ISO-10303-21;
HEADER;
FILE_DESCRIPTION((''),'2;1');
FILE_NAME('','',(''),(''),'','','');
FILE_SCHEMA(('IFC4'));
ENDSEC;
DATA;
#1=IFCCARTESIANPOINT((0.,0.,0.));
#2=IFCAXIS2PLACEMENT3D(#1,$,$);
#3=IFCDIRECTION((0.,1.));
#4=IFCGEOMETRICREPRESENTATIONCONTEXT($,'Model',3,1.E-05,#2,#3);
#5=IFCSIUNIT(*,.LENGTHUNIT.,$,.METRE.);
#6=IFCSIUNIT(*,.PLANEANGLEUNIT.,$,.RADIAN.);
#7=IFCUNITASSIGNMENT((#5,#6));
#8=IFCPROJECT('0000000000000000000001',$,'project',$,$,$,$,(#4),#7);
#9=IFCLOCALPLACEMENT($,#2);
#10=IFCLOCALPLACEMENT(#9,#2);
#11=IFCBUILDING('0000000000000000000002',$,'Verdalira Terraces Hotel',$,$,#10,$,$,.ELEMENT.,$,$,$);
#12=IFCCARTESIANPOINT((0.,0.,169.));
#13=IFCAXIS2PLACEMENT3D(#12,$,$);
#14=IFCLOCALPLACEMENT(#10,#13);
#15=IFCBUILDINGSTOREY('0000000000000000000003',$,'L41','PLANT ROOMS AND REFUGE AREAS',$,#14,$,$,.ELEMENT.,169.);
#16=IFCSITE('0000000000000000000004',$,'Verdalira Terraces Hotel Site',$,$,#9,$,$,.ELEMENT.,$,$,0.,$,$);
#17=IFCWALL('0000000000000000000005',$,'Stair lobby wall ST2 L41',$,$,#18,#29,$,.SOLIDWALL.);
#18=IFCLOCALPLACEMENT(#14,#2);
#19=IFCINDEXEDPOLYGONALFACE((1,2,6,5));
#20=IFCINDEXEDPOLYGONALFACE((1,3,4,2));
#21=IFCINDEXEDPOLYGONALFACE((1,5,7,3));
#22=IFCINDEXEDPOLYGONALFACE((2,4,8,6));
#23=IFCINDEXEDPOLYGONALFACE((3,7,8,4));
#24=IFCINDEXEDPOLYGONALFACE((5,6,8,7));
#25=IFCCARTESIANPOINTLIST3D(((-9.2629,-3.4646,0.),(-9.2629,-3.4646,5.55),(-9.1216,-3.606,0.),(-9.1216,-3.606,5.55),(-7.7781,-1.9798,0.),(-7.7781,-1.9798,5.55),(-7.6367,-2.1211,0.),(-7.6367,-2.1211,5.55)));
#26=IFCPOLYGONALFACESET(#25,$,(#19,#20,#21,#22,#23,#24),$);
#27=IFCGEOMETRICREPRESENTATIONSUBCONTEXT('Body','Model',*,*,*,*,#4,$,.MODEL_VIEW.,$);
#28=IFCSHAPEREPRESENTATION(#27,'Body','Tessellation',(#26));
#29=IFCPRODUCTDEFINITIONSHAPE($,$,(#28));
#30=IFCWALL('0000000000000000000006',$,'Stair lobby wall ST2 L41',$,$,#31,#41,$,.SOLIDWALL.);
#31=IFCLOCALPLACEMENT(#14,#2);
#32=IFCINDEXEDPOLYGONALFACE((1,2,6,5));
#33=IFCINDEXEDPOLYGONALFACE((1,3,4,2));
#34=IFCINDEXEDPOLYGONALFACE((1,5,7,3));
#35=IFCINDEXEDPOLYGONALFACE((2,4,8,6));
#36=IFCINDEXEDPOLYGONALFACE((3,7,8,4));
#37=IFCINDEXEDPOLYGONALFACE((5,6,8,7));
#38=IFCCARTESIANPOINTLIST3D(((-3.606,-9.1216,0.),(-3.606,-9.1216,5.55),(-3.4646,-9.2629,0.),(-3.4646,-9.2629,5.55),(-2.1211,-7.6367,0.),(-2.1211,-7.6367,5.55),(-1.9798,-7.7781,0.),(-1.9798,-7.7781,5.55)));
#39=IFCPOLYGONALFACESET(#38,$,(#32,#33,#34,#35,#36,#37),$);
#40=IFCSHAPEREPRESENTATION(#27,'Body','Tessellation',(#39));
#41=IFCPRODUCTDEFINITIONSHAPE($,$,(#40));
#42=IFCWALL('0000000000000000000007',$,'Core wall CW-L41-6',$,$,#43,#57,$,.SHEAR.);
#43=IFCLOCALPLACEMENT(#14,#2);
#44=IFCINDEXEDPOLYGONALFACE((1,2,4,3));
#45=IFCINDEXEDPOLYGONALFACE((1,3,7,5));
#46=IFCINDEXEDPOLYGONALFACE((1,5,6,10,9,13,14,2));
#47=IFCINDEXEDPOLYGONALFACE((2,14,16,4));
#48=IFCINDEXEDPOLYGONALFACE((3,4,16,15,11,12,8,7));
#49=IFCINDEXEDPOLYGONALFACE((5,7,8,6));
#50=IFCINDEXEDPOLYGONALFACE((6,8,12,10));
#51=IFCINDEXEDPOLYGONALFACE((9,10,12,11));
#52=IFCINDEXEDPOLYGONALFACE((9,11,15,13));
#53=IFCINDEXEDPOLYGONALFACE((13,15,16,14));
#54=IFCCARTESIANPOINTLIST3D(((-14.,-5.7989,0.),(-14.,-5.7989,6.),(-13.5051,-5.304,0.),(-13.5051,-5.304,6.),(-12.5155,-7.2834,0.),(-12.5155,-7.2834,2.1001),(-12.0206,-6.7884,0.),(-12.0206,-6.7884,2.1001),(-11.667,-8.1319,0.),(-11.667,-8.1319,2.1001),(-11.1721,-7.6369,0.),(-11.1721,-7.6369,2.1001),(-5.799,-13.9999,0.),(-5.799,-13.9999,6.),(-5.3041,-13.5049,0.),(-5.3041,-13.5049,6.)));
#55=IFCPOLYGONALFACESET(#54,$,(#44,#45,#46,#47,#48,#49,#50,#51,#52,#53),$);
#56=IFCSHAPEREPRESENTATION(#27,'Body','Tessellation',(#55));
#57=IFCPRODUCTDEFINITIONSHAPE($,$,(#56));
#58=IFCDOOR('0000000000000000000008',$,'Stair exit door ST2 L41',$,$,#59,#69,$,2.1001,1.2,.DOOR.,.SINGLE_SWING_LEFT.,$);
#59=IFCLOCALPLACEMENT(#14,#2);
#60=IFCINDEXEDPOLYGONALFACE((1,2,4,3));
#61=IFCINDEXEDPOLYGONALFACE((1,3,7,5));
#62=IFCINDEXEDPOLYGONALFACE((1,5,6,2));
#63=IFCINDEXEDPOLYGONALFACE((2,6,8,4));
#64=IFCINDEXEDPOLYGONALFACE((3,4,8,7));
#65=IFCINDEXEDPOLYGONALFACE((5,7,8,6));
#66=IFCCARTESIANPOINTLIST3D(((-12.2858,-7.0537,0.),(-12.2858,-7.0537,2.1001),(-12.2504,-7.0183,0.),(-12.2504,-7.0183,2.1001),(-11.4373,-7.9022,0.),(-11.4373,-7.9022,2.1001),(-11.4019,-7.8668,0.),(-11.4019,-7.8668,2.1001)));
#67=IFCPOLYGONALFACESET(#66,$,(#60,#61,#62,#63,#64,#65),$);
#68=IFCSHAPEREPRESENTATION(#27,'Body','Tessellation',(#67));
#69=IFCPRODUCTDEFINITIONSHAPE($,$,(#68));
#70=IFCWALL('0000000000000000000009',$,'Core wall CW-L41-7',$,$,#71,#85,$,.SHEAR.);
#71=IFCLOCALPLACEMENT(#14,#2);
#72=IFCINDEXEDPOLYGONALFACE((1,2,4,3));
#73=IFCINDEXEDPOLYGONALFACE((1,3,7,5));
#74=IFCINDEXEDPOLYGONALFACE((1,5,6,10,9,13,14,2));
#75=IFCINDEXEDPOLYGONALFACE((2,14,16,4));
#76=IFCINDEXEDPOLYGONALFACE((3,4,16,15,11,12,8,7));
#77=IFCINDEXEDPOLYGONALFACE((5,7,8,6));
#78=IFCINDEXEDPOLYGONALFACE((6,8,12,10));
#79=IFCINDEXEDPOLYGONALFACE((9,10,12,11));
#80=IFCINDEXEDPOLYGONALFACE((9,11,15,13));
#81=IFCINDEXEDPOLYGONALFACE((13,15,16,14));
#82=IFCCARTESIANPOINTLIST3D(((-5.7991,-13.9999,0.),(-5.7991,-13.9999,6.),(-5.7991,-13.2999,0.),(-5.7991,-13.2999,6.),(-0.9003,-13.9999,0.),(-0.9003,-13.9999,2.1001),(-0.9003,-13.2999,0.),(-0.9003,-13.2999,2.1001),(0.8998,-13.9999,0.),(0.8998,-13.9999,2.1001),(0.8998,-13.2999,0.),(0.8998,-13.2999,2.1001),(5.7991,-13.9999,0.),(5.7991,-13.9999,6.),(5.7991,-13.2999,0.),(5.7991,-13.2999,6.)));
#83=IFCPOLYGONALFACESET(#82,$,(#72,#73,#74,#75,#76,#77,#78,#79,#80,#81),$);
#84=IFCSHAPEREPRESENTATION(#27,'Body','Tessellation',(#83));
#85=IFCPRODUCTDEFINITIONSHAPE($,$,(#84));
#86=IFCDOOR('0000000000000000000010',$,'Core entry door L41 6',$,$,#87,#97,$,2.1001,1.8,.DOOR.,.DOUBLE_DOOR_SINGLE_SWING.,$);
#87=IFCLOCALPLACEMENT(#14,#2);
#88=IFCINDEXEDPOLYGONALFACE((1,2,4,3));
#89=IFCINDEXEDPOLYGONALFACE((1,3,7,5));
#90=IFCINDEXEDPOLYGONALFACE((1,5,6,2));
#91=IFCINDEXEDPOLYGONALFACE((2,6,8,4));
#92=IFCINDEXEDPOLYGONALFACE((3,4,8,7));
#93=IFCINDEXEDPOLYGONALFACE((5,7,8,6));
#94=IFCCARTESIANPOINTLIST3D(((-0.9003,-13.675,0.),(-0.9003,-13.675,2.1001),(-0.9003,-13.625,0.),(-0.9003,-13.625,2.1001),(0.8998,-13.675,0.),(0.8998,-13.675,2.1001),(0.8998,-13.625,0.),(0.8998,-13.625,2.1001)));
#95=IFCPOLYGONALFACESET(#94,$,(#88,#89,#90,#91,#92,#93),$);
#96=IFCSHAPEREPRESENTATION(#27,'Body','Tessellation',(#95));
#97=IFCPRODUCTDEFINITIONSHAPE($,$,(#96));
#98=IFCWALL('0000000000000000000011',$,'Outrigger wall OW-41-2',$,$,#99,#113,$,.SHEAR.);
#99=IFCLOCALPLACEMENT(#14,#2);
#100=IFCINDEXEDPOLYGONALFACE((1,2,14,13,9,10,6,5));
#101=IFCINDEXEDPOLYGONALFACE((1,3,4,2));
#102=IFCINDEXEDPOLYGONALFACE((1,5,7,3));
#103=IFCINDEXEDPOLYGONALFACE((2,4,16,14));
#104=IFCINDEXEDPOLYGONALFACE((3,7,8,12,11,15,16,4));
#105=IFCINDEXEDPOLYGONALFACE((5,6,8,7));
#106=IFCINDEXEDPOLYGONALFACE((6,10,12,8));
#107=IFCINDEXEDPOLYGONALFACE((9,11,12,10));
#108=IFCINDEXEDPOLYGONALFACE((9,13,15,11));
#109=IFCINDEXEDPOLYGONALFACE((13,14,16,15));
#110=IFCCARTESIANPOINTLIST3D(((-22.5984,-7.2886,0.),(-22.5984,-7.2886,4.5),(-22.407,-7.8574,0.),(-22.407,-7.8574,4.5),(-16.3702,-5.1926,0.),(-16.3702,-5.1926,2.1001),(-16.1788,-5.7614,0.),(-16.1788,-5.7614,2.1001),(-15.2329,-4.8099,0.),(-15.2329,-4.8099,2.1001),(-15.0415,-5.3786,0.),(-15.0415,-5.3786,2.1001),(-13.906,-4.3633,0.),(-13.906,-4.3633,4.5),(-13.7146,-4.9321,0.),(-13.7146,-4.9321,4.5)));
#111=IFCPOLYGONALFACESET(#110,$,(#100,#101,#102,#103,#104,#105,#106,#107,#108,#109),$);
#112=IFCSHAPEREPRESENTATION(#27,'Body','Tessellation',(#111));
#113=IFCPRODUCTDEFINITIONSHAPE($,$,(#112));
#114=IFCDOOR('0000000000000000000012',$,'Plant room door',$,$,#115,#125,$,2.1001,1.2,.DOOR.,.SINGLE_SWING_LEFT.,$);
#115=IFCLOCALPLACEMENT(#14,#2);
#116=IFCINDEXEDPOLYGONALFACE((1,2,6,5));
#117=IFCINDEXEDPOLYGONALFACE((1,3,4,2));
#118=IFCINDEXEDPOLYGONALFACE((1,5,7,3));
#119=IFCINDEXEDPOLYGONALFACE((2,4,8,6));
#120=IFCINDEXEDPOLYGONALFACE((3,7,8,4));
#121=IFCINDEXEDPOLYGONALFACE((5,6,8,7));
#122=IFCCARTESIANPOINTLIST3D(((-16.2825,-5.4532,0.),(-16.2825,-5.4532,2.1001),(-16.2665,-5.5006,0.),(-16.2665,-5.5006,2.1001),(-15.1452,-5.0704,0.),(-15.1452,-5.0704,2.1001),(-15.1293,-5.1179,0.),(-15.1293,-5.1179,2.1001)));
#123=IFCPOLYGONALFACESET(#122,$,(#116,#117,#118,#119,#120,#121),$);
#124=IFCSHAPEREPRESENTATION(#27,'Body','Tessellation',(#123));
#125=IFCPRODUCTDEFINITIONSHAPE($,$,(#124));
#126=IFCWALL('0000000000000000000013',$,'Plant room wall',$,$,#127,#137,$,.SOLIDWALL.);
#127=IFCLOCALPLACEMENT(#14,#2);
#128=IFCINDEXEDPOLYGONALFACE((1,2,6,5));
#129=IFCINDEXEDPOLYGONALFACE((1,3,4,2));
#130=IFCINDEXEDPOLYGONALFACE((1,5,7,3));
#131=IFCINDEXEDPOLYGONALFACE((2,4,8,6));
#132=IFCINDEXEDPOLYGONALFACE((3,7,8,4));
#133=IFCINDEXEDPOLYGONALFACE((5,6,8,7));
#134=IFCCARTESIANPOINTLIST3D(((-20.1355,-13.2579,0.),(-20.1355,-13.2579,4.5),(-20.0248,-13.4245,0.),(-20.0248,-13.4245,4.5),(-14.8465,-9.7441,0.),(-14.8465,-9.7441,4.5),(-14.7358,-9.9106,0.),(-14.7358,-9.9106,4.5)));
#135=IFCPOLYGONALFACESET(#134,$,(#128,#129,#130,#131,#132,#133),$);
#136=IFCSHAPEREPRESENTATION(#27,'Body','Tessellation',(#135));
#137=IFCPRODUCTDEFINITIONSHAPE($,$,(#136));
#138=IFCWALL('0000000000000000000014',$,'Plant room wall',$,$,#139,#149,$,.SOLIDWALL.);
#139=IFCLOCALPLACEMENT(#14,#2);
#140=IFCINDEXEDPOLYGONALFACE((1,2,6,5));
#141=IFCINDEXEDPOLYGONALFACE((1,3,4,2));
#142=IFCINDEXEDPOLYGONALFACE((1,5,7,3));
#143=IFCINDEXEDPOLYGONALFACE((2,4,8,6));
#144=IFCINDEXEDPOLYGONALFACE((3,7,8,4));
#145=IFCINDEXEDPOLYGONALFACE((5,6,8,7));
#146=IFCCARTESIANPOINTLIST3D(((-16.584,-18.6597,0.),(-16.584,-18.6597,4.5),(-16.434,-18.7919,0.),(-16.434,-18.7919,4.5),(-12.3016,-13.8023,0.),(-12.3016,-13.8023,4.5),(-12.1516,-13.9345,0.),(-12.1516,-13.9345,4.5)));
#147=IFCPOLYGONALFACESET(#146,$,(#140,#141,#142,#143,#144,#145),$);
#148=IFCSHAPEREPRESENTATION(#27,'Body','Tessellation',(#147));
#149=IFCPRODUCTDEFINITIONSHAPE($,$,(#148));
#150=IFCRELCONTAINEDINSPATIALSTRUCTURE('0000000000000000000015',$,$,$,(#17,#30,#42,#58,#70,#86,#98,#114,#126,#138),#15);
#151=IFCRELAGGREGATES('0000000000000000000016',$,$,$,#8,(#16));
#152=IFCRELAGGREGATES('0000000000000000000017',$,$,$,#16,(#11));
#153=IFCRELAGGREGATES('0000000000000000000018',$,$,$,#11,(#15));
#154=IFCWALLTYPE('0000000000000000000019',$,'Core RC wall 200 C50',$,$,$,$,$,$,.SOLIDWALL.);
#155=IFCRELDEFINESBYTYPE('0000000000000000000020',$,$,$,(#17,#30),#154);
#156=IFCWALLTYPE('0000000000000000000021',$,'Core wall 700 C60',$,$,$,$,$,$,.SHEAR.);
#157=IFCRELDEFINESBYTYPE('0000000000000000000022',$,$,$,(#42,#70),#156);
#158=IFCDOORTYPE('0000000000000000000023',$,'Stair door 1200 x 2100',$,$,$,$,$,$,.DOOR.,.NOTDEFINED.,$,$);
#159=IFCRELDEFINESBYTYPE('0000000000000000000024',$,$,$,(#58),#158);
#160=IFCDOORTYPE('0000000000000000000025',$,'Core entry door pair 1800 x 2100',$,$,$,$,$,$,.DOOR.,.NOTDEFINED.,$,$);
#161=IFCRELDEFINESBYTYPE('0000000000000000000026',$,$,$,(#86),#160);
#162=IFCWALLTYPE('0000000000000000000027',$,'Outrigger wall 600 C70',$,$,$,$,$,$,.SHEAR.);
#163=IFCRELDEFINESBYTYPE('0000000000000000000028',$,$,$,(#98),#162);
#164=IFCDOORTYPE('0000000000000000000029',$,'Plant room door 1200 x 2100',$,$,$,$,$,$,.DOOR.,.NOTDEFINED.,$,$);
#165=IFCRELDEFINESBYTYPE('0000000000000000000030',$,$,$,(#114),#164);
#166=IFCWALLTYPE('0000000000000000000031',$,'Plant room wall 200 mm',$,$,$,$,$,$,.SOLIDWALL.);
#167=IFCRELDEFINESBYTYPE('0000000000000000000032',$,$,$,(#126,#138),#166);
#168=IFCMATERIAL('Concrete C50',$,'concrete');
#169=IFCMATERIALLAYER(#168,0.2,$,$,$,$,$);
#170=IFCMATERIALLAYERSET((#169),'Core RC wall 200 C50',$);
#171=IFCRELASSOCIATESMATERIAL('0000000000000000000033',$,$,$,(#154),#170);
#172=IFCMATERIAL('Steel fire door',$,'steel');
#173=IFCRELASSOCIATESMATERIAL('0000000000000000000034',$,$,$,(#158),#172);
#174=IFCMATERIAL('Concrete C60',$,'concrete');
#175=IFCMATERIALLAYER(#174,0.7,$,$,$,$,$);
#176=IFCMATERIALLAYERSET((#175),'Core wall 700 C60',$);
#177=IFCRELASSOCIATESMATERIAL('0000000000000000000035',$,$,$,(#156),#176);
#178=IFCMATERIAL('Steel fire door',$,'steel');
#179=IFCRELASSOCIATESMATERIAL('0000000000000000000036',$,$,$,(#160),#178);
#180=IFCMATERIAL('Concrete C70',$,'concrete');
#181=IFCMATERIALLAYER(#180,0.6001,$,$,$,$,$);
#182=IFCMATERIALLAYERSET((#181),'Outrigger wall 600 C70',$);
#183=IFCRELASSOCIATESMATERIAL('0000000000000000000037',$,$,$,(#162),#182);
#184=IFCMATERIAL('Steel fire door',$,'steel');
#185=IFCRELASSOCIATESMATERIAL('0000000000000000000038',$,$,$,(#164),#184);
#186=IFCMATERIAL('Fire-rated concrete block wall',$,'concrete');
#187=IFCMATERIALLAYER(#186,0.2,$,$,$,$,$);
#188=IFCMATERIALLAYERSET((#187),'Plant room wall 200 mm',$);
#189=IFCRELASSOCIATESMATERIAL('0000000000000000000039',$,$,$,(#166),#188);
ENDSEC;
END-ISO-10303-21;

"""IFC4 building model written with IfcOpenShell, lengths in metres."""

from ifc_helpers import new_model, si_unit, direction, frame, frame_2d, origin, place, context, subcontext, project, spatial, rectangle, extrude, material, layer, layer_set, type_object, element, fill, save


model = new_model("IFC4")

# Units and contexts
model_context = context("Model", 3, precision=1e-05, world=origin(), true_north=direction((0.0, 1.0)))
body_context = subcontext(model_context, "Body", "Model", "MODEL_VIEW")
ifc_project = project(units=[si_unit("LENGTHUNIT", "METRE"), si_unit("PLANEANGLEUNIT", "RADIAN")], contexts=[model_context])

# Site, building, storey
site_placement = place(None, origin())
site = spatial("IfcSite", under=ifc_project, at=site_placement, Name="Verdalira Terraces Hotel Site", CompositionType="ELEMENT", RefElevation=0.0)
building_placement = place(site_placement, origin())
building = spatial("IfcBuilding", under=site, at=building_placement, Name="Verdalira Terraces Hotel", CompositionType="ELEMENT")
storey_placement = place(building_placement, frame((0.0, 0.0, 169.0)))
storey = spatial("IfcBuildingStorey", under=building, at=storey_placement, Name="L41", Description="PLANT ROOMS AND REFUGE AREAS", CompositionType="ELEMENT", Elevation=169.0)

# Shared definitions
ifc_material_1 = material(Name="Concrete C50", Category="concrete")
ifc_layer_1 = layer(ifc_material_1, 0.2)
ifc_layer_set_1 = layer_set([ifc_layer_1], Name="Core RC wall 200 C50")
wall_type_1 = type_object("IfcWallType", Name="Core RC wall 200 C50", PredefinedType="SOLIDWALL", material=ifc_layer_set_1)

# Shared definitions
ifc_material_2 = material(Name="Steel fire door", Category="steel")
door_type_1 = type_object("IfcDoorType", Name="Stair door 1200 x 2100", OperationType="NOTDEFINED", PredefinedType="DOOR", material=ifc_material_2)

# Walls
for number, where, z_axis, x_axis, name in (
    (1, (-7.7075, -2.0505, 0.0), (0.0, 0.0, 1.0), (-0.707107, -0.707107, 0.0), "Stair lobby wall ST2 L41"),
    (2, (-2.0505, -7.7075, 0.0), (0.0, 0.0, 1.0), (-0.707107, -0.707107, 0.0), "Stair lobby wall ST2 L41"),
):
    element("IfcWall", number, at=place(storey_placement, frame(where, z_axis=z_axis, x_axis=x_axis)), inside=storey, type_object=wall_type_1, Name=name, PredefinedType="SOLIDWALL", context=body_context, shape_type="SweptSolid", body=[
        extrude(rectangle(XDim=2.0999, YDim=0.2, at=frame_2d((1.0498, 0.0))), origin(), (0.0, 0.0, 1.0), 5.55),
    ])

# Walls, openings, doors
ifc_material_3 = material(Name="Concrete C60", Category="concrete")
ifc_layer_2 = layer(ifc_material_3, 0.7)
ifc_layer_set_2 = layer_set([ifc_layer_2], Name="Core wall 700 C60")
wall_type_2 = type_object("IfcWallType", Name="Core wall 700 C60", PredefinedType="SHEAR", material=ifc_layer_set_2)
wall_1_placement = place(storey_placement, frame((-13.7524, -5.5515, 0.0), z_axis=(0.0, 0.0, 1.0), x_axis=(0.707107, -0.707107, 0.0)))
wall_1 = element("IfcWall", 3, at=wall_1_placement, inside=storey, type_object=wall_type_2, Name="Core wall CW-L41-6", PredefinedType="SHEAR", context=body_context, shape_type="SweptSolid", body=[
    extrude(rectangle(XDim=11.5979, YDim=0.7, at=frame_2d((5.7988, 0.0))), origin(), (0.0, 0.0, 1.0), 6.0),
])
opening_1_placement = place(wall_1_placement, frame((2.0991, 0.0, 0.0)))
opening_1 = element("IfcOpeningElement", 4, at=opening_1_placement, cuts=wall_1, PredefinedType="OPENING", context=body_context, shape_type="SweptSolid", body=[
    extrude(rectangle(XDim=1.2, YDim=2.1001, at=frame_2d((0.6001, 1.05))), frame((0.0, 0.3599, 0.0), z_axis=(0.0, -1.0, 0.0), x_axis=(1.0, 0.0, 0.0)), (0.0, 0.0, 1.0), 0.72),
])
door_1_placement = place(opening_1_placement, origin())
door_1 = element("IfcDoor", 5, at=door_1_placement, inside=storey, type_object=door_type_1, Name="Stair exit door ST2 L41", OperationType="SINGLE_SWING_LEFT", OverallHeight=2.1001, OverallWidth=1.2, PredefinedType="DOOR", context=body_context, shape_type="SweptSolid", body=[
    extrude(rectangle(XDim=1.2, YDim=2.1001, at=frame_2d((0.6001, 1.05))), frame((0.0, 0.0249, 0.0), z_axis=(0.0, -1.0, 0.0), x_axis=(1.0, 0.0, 0.0)), (0.0, 0.0, 1.0), 0.05),
])
fill(opening_1, door_1)
wall_2_placement = place(storey_placement, frame((-5.7991, -13.6499, 0.0), z_axis=(0.0, 0.0, 1.0), x_axis=(1.0, 0.0, 0.0)))
wall_2 = element("IfcWall", 6, at=wall_2_placement, inside=storey, type_object=wall_type_2, Name="Core wall CW-L41-7", PredefinedType="SHEAR", context=body_context, shape_type="SweptSolid", body=[
    extrude(rectangle(XDim=11.5981, YDim=0.7, at=frame_2d((5.7991, 0.0))), origin(), (0.0, 0.0, 1.0), 6.0),
])
opening_2_placement = place(wall_2_placement, frame((4.8989, 0.0, 0.0)))
opening_2 = element("IfcOpeningElement", 7, at=opening_2_placement, cuts=wall_2, PredefinedType="OPENING", context=body_context, shape_type="SweptSolid", body=[
    extrude(rectangle(XDim=1.8, YDim=2.1001, at=frame_2d((0.8999, 1.05))), frame((0.0, 0.3599, 0.0), z_axis=(0.0, -1.0, 0.0), x_axis=(1.0, 0.0, 0.0)), (0.0, 0.0, 1.0), 0.72),
])
ifc_material_4 = material(Name="Steel fire door", Category="steel")
door_type_2 = type_object("IfcDoorType", Name="Core entry door pair 1800 x 2100", OperationType="NOTDEFINED", PredefinedType="DOOR", material=ifc_material_4)
door_2_placement = place(opening_2_placement, origin())
door_2 = element("IfcDoor", 8, at=door_2_placement, inside=storey, type_object=door_type_2, Name="Core entry door L41 6", OperationType="DOUBLE_DOOR_SINGLE_SWING", OverallHeight=2.1001, OverallWidth=1.8, PredefinedType="DOOR", context=body_context, shape_type="SweptSolid", body=[
    extrude(rectangle(XDim=1.8, YDim=2.1001, at=frame_2d((0.8999, 1.05))), frame((0.0, 0.0249, 0.0), z_axis=(0.0, -1.0, 0.0), x_axis=(1.0, 0.0, 0.0)), (0.0, 0.0, 1.0), 0.05),
])
fill(opening_2, door_2)
ifc_material_5 = material(Name="Concrete C70", Category="concrete")
ifc_layer_3 = layer(ifc_material_5, 0.6001)
ifc_layer_set_3 = layer_set([ifc_layer_3], Name="Outrigger wall 600 C70")
wall_type_3 = type_object("IfcWallType", Name="Outrigger wall 600 C70", PredefinedType="SHEAR", material=ifc_layer_set_3)
wall_3_placement = place(storey_placement, frame((-13.8103, -4.6477, 0.0), z_axis=(0.0, 0.0, 1.0), x_axis=(-0.947769, -0.318958, 0.0)))
wall_3 = element("IfcWall", 9, at=wall_3_placement, inside=storey, type_object=wall_type_3, Name="Outrigger wall OW-41-2", PredefinedType="SHEAR", context=body_context, shape_type="SweptSolid", body=[
    extrude(rectangle(XDim=9.1714, YDim=0.6001, at=frame_2d((4.5857, 0.0))), origin(), (0.0, 0.0, 1.0), 4.5),
])
opening_3_placement = place(wall_3_placement, frame((1.3999, 0.0, 0.0)))
opening_3 = element("IfcOpeningElement", 10, at=opening_3_placement, cuts=wall_3, PredefinedType="OPENING", context=body_context, shape_type="SweptSolid", body=[
    extrude(rectangle(XDim=1.2, YDim=2.1001, at=frame_2d((0.6001, 1.05))), frame((0.0, 0.3101, 0.0), z_axis=(0.0, -1.0, 0.0), x_axis=(1.0, 0.0, 0.0)), (0.0, 0.0, 1.0), 0.6201),
])
ifc_material_6 = material(Name="Steel fire door", Category="steel")
door_type_3 = type_object("IfcDoorType", Name="Plant room door 1200 x 2100", OperationType="NOTDEFINED", PredefinedType="DOOR", material=ifc_material_6)
door_3_placement = place(opening_3_placement, origin())
door_3 = element("IfcDoor", 11, at=door_3_placement, inside=storey, type_object=door_type_3, Name="Plant room door", OperationType="SINGLE_SWING_LEFT", OverallHeight=2.1001, OverallWidth=1.2, PredefinedType="DOOR", context=body_context, shape_type="SweptSolid", body=[
    extrude(rectangle(XDim=1.2, YDim=2.1001, at=frame_2d((0.6001, 1.05))), frame((0.0, 0.0249, 0.0), z_axis=(0.0, -1.0, 0.0), x_axis=(1.0, 0.0, 0.0)), (0.0, 0.0, 1.0), 0.05),
])
fill(opening_3, door_3)

# Walls
ifc_material_7 = material(Name="Fire-rated concrete block wall", Category="concrete")
ifc_layer_4 = layer(ifc_material_7, 0.2)
ifc_layer_set_4 = layer_set([ifc_layer_4], Name="Plant room wall 200 mm")
wall_type_4 = type_object("IfcWallType", Name="Plant room wall 200 mm", PredefinedType="SOLIDWALL", material=ifc_layer_set_4)
wall_4_placement = place(storey_placement, frame((-14.7913, -9.8274, 0.0), z_axis=(0.0, 0.0, 1.0), x_axis=(-0.832931, -0.553377, 0.0)))
element("IfcWall", 12, at=wall_4_placement, inside=storey, type_object=wall_type_4, Name="Plant room wall", PredefinedType="SOLIDWALL", context=body_context, shape_type="SweptSolid", body=[
    extrude(rectangle(XDim=6.3499, YDim=0.2, at=frame_2d((3.1748, 0.0))), origin(), (0.0, 0.0, 1.0), 4.5),
])
wall_5_placement = place(storey_placement, frame((-12.2266, -13.8684, 0.0), z_axis=(0.0, 0.0, 1.0), x_axis=(-0.661319, -0.750105, 0.0)))
element("IfcWall", 13, at=wall_5_placement, inside=storey, type_object=wall_type_4, Name="Plant room wall", PredefinedType="SOLIDWALL", context=body_context, shape_type="SweptSolid", body=[
    extrude(rectangle(XDim=6.4756, YDim=0.2, at=frame_2d((3.2378, 0.0))), origin(), (0.0, 0.0, 1.0), 4.5),
])

save(model, "model.ifc")
